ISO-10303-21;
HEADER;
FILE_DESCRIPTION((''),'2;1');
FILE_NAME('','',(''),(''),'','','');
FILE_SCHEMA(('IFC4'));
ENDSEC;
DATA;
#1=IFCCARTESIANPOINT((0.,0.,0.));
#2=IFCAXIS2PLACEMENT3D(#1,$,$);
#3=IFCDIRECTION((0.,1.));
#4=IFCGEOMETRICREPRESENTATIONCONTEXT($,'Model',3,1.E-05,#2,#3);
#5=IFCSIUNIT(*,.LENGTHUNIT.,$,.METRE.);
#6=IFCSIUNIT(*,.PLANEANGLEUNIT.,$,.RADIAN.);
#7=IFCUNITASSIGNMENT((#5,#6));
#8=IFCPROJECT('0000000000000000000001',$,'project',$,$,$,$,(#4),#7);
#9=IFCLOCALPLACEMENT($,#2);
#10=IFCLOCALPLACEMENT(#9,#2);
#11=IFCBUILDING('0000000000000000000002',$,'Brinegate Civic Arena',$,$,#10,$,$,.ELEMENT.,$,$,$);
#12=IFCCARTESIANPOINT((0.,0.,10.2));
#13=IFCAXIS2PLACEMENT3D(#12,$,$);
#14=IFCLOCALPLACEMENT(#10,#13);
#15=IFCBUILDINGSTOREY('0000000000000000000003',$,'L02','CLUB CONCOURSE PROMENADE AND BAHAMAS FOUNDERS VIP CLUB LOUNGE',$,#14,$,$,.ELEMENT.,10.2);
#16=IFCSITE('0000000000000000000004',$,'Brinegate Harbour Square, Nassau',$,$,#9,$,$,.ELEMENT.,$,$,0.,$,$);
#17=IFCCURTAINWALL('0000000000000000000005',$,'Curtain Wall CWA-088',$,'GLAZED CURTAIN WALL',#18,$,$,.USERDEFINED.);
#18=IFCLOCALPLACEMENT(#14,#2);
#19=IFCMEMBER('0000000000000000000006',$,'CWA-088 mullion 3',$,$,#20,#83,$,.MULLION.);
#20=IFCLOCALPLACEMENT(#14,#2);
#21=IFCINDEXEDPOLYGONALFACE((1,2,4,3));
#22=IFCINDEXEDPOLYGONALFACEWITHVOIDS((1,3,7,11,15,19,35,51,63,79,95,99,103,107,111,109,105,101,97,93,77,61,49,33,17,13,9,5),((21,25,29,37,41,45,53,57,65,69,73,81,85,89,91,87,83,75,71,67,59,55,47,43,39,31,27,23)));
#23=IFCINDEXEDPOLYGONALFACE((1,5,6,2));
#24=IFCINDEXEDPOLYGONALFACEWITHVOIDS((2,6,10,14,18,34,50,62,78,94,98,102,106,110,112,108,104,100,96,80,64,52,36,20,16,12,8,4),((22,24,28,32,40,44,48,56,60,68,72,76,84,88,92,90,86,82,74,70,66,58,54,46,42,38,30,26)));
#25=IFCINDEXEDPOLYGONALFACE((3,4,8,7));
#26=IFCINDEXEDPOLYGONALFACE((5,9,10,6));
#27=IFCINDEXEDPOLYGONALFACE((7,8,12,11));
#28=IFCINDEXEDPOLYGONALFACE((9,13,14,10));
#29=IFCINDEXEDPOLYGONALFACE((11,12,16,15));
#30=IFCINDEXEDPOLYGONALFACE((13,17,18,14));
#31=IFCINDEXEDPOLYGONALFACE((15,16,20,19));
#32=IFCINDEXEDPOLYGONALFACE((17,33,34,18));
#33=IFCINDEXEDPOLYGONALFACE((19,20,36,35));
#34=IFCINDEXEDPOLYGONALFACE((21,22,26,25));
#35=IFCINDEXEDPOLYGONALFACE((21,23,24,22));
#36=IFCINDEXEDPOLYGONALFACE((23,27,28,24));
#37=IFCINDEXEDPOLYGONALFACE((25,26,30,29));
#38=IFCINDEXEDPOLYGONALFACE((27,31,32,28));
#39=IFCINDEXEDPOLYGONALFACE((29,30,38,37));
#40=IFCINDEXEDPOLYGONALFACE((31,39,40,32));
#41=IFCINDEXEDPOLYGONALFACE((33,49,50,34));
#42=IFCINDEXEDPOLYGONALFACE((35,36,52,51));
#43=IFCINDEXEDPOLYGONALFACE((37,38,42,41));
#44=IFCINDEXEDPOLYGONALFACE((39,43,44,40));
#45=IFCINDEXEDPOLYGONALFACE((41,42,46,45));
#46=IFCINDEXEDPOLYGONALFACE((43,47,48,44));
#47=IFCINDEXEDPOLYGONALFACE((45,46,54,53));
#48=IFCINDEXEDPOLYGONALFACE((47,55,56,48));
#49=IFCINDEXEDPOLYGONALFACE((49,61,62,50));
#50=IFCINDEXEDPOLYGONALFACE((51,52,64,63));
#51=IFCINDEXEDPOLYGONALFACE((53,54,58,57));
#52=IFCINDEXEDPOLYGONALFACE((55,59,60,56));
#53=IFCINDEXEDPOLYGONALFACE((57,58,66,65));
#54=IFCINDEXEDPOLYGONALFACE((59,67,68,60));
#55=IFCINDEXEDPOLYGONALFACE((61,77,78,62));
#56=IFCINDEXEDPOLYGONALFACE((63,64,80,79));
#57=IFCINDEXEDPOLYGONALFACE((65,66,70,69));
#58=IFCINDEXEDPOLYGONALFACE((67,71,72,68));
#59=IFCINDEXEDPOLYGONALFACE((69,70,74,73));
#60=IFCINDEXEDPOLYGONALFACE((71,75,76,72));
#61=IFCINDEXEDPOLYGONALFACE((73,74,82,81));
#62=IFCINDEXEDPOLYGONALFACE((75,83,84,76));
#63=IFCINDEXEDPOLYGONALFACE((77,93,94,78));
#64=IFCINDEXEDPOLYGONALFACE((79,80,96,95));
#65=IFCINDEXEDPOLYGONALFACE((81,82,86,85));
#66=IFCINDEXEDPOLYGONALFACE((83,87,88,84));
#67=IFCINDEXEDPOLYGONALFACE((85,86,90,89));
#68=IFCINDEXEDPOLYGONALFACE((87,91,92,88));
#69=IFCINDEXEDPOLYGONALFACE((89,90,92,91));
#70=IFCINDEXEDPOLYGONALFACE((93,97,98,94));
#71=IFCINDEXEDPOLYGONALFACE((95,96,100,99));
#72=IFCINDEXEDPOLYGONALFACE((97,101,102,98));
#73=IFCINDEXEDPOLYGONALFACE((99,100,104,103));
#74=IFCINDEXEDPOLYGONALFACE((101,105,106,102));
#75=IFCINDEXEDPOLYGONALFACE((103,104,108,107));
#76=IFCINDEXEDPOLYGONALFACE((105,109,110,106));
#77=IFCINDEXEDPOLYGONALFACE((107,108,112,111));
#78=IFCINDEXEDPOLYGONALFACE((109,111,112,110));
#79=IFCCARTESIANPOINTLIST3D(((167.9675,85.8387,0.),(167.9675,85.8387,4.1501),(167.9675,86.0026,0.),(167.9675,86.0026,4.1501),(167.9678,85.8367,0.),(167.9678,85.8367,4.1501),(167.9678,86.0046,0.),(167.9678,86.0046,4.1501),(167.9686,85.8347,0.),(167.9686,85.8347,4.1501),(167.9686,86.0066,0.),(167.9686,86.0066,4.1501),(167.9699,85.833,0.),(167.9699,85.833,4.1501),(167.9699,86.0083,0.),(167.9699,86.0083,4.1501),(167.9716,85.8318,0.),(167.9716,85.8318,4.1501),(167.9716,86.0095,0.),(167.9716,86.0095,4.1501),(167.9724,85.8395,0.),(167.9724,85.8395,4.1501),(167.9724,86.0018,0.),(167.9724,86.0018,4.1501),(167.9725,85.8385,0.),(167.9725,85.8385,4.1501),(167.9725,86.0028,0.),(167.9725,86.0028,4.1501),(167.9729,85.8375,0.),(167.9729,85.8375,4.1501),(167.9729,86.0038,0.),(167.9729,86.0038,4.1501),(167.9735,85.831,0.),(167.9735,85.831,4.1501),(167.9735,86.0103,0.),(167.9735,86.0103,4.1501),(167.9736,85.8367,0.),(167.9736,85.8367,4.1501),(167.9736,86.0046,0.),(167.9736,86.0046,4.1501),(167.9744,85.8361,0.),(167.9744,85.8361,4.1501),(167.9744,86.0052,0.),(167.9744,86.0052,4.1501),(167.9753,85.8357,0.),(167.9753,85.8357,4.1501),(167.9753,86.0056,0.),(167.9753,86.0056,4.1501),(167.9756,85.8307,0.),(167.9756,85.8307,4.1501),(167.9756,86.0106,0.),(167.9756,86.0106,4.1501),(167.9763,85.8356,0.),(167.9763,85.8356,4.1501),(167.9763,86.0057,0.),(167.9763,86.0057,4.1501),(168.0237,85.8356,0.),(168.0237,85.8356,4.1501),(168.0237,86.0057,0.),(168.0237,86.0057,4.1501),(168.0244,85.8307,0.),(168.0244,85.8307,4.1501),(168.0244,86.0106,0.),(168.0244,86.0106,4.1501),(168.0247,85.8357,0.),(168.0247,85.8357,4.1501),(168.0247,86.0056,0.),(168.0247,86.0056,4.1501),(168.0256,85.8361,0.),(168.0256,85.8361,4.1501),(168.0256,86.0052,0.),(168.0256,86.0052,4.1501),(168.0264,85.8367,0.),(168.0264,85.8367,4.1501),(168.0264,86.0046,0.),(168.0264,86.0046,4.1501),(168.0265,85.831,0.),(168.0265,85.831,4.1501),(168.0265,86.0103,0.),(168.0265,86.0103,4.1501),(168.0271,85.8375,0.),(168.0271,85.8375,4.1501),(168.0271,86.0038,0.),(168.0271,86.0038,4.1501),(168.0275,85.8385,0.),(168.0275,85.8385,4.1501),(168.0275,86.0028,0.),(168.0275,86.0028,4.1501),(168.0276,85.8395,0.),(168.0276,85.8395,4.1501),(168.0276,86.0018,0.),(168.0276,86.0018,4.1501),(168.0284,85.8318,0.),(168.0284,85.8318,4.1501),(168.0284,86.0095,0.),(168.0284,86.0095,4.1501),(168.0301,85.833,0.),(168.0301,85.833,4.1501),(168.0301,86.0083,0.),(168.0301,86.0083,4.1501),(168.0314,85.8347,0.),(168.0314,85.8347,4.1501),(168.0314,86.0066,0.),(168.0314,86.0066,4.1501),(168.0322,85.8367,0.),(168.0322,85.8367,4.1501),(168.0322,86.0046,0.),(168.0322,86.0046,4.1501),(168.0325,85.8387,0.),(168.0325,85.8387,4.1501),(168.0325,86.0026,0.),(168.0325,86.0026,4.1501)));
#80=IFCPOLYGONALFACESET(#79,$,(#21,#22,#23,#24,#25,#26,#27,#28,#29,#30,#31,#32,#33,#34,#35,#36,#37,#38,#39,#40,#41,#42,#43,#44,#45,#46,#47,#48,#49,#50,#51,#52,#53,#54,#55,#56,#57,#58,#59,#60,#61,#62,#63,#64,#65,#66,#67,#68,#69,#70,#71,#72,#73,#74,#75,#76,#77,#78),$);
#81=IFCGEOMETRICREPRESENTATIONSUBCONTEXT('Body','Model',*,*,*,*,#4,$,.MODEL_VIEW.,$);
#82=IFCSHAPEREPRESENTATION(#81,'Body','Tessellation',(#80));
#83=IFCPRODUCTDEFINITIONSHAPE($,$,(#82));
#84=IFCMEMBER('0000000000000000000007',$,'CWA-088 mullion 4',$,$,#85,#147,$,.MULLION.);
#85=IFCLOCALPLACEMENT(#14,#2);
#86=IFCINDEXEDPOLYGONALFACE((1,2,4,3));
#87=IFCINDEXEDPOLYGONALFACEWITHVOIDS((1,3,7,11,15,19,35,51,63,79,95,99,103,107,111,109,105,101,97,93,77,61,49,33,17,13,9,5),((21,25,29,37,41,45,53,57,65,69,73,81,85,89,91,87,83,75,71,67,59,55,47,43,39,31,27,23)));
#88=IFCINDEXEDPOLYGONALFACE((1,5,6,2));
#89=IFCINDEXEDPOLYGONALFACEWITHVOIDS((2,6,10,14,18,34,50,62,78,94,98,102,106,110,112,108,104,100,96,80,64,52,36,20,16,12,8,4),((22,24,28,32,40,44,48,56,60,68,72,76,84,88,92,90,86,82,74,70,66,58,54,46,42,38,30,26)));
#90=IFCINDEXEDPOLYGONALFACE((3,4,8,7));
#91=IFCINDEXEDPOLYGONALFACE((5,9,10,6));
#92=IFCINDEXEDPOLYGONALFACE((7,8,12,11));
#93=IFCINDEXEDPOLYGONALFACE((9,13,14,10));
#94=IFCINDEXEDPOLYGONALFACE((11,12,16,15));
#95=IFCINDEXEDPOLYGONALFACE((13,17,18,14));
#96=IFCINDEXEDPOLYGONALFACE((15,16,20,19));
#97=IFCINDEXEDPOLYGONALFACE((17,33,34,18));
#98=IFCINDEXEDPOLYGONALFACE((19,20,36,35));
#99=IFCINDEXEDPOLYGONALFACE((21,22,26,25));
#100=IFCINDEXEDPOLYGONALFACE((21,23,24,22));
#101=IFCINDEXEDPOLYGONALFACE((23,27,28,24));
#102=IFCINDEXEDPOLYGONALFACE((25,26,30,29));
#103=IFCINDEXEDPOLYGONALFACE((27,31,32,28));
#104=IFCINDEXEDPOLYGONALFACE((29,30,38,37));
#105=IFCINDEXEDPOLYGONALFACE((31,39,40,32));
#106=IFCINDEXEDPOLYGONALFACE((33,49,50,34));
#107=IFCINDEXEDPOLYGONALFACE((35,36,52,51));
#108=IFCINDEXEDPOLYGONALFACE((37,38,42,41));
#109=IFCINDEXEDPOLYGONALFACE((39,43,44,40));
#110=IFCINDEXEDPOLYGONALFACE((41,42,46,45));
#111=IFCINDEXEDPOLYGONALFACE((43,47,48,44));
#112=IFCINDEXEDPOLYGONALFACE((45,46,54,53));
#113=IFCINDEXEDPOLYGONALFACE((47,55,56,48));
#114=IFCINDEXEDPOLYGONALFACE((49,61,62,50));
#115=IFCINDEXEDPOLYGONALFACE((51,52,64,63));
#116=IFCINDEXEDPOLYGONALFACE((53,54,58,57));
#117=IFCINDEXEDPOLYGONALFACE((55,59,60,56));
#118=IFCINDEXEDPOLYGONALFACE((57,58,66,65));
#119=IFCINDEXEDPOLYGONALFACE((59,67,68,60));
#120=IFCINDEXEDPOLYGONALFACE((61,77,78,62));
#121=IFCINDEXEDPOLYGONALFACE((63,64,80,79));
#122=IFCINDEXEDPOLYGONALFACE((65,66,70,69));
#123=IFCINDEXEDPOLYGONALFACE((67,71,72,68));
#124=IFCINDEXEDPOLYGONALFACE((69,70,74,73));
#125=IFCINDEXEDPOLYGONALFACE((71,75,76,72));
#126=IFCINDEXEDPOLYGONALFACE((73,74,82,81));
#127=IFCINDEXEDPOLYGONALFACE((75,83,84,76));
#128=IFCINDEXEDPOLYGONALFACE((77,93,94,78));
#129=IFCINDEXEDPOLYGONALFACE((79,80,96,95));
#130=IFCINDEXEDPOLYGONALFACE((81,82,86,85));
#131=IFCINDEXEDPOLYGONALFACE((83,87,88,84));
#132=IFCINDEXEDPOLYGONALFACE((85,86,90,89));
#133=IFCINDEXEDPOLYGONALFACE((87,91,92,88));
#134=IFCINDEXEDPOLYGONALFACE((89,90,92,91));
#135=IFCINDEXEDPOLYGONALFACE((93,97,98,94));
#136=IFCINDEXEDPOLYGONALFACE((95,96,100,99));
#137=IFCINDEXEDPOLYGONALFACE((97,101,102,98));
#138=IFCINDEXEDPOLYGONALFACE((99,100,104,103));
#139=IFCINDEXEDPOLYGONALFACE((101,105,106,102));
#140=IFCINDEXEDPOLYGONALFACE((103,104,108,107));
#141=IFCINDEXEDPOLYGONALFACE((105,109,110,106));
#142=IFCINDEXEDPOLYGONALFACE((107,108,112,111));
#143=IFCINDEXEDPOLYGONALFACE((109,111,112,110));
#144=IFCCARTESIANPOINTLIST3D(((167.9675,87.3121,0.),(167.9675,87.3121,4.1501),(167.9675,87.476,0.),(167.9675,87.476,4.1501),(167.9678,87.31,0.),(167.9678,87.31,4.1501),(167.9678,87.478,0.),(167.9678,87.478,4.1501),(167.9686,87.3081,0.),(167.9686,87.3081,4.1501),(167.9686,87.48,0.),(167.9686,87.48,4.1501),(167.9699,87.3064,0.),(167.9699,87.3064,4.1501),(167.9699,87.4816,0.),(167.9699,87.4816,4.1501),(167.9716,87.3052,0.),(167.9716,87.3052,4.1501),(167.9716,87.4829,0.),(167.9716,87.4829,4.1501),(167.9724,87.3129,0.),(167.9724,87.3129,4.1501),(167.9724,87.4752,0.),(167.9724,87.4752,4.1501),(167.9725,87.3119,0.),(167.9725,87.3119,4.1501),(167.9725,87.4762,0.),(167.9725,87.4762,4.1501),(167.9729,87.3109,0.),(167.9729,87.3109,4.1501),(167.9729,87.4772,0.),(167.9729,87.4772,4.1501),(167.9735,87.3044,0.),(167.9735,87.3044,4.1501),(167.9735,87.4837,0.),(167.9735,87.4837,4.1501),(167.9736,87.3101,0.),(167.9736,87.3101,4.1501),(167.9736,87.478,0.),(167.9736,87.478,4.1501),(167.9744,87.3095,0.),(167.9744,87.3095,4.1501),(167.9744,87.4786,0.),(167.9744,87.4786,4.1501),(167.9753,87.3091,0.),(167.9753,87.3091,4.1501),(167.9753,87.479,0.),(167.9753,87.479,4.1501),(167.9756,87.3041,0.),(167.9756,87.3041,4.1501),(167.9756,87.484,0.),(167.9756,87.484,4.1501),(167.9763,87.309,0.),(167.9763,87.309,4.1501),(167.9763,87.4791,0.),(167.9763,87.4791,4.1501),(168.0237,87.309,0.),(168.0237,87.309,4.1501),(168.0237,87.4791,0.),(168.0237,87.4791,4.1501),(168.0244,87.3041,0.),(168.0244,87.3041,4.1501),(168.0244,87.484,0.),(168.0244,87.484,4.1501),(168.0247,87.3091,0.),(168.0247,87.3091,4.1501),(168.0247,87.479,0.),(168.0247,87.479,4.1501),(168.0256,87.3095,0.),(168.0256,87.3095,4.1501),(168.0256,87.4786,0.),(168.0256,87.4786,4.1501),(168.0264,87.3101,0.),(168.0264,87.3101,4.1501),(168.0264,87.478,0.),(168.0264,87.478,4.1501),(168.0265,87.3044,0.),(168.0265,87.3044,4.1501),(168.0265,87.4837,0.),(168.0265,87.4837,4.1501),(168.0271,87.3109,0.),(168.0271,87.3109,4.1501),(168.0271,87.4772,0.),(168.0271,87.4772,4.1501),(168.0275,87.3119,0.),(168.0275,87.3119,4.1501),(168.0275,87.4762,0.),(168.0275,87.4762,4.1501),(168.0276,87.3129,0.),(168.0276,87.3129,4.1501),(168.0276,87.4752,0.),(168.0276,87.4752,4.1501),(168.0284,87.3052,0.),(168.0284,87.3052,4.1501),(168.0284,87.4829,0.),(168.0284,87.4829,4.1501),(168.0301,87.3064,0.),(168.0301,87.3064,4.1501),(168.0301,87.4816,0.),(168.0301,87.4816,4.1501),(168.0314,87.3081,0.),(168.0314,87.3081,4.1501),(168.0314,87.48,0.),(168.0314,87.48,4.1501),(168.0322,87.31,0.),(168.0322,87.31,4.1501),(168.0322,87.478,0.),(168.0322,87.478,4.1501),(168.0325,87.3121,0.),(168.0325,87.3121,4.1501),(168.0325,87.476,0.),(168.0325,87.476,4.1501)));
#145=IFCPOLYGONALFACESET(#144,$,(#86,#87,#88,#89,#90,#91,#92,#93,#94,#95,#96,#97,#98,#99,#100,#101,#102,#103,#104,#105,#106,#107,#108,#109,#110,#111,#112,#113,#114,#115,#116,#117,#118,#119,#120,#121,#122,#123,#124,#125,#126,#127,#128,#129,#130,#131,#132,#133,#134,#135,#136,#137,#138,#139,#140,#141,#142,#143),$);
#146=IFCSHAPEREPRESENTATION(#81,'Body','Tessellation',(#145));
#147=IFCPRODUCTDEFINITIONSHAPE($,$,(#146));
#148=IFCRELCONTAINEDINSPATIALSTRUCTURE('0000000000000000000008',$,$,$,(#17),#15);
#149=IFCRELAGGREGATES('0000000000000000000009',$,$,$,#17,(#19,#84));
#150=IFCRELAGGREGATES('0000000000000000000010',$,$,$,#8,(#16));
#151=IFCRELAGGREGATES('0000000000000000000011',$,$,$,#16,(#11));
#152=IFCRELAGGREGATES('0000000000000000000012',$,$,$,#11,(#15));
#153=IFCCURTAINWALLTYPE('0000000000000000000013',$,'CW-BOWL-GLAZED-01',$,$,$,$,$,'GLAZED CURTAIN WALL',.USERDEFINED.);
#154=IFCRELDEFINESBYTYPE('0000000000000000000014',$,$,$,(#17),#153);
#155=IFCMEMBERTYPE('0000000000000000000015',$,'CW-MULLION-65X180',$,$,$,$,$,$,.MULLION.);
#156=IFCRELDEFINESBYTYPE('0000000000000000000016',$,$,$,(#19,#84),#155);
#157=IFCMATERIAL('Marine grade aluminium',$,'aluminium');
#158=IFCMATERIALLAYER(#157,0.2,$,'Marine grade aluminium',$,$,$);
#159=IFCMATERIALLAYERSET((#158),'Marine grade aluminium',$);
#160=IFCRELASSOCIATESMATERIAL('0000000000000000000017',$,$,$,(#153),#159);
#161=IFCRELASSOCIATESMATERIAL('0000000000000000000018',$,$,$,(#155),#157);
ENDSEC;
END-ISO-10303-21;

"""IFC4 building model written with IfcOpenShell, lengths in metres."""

from ifc_helpers import new_model, si_unit, direction, frame, origin, origin_2d, place, context, subcontext, project, spatial, hollow_rectangle, extrude, material, layer, layer_set, material_profile, profile_set, type_object, element, aggregate, save


model = new_model("IFC4")

# Units and contexts
model_context = context("Model", 3, precision=1e-05, world=origin(), true_north=direction((0.0, 1.0)))
body_context = subcontext(model_context, "Body", "Model", "MODEL_VIEW")
ifc_project = project(units=[si_unit("LENGTHUNIT", "METRE"), si_unit("PLANEANGLEUNIT", "RADIAN")], contexts=[model_context])

# Site, building, storey
site_placement = place(None, origin())
site = spatial("IfcSite", under=ifc_project, at=site_placement, Name="Brinegate Harbour Square, Nassau", CompositionType="ELEMENT", RefElevation=0.0)
building_placement = place(site_placement, origin())
building = spatial("IfcBuilding", under=site, at=building_placement, Name="Brinegate Civic Arena", CompositionType="ELEMENT")
storey_placement = place(building_placement, frame((0.0, 0.0, 10.2)))
storey = spatial("IfcBuildingStorey", under=building, at=storey_placement, Name="L02", Description="CLUB CONCOURSE PROMENADE AND BAHAMAS FOUNDERS VIP CLUB LOUNGE", CompositionType="ELEMENT", Elevation=10.2)

# Curtain wall, members
ifc_material_1 = material(Name="Marine grade aluminium", Category="aluminium")
ifc_layer_1 = layer(ifc_material_1, 0.2, Name="Marine grade aluminium")
ifc_layer_set_1 = layer_set([ifc_layer_1], Name="Marine grade aluminium")
curtain_wall_type = type_object("IfcCurtainWallType", Name="CW-BOWL-GLAZED-01", ElementType="GLAZED CURTAIN WALL", PredefinedType="USERDEFINED", material=ifc_layer_set_1)
curtain_wall_placement = place(storey_placement, origin())
curtain_wall = element("IfcCurtainWall", 1, at=curtain_wall_placement, inside=storey, type_object=curtain_wall_type, Name="Curtain Wall CWA-088", ObjectType="GLAZED CURTAIN WALL", PredefinedType="USERDEFINED")
ifc_material_profile_1 = material_profile(ifc_material_1, hollow_rectangle(XDim=0.0649, YDim=0.1799, WallThickness=0.0049, InnerFilletRadius=0.0039, OuterFilletRadius=0.0081, at=origin_2d()), Name="MUL65X180")
ifc_profile_set_1 = profile_set([ifc_material_profile_1], Name="Marine grade aluminium")
member_type_1 = type_object("IfcMemberType", Name="CW-MULLION-65X180", PredefinedType="MULLION", material=ifc_profile_set_1)
member_1_placement = place(storey_placement, frame((168.0, 85.9207, 0.0), z_axis=(0.0, 0.0, 1.0), x_axis=(-1.0, 0.0, 0.0)))
member_1 = element("IfcMember", 2, at=member_1_placement, type_object=member_type_1, Name="CWA-088 mullion 3", PredefinedType="MULLION", context=body_context, shape_type="SweptSolid", body=[
    extrude(hollow_rectangle(XDim=0.0649, YDim=0.1799, WallThickness=0.0049, InnerFilletRadius=0.0039, OuterFilletRadius=0.0081, at=origin_2d()), origin(), (0.0, 0.0, 1.0), 4.1501),
])
member_2_placement = place(storey_placement, frame((168.0, 87.394, 0.0), z_axis=(0.0, 0.0, 1.0), x_axis=(-1.0, 0.0, 0.0)))
member_2 = element("IfcMember", 3, at=member_2_placement, type_object=member_type_1, Name="CWA-088 mullion 4", PredefinedType="MULLION", context=body_context, shape_type="SweptSolid", body=[
    extrude(hollow_rectangle(XDim=0.0649, YDim=0.1799, WallThickness=0.0049, InnerFilletRadius=0.0039, OuterFilletRadius=0.0081, at=origin_2d()), origin(), (0.0, 0.0, 1.0), 4.1501),
])

aggregate(curtain_wall, [member_1, member_2])

save(model, "model.ifc")
